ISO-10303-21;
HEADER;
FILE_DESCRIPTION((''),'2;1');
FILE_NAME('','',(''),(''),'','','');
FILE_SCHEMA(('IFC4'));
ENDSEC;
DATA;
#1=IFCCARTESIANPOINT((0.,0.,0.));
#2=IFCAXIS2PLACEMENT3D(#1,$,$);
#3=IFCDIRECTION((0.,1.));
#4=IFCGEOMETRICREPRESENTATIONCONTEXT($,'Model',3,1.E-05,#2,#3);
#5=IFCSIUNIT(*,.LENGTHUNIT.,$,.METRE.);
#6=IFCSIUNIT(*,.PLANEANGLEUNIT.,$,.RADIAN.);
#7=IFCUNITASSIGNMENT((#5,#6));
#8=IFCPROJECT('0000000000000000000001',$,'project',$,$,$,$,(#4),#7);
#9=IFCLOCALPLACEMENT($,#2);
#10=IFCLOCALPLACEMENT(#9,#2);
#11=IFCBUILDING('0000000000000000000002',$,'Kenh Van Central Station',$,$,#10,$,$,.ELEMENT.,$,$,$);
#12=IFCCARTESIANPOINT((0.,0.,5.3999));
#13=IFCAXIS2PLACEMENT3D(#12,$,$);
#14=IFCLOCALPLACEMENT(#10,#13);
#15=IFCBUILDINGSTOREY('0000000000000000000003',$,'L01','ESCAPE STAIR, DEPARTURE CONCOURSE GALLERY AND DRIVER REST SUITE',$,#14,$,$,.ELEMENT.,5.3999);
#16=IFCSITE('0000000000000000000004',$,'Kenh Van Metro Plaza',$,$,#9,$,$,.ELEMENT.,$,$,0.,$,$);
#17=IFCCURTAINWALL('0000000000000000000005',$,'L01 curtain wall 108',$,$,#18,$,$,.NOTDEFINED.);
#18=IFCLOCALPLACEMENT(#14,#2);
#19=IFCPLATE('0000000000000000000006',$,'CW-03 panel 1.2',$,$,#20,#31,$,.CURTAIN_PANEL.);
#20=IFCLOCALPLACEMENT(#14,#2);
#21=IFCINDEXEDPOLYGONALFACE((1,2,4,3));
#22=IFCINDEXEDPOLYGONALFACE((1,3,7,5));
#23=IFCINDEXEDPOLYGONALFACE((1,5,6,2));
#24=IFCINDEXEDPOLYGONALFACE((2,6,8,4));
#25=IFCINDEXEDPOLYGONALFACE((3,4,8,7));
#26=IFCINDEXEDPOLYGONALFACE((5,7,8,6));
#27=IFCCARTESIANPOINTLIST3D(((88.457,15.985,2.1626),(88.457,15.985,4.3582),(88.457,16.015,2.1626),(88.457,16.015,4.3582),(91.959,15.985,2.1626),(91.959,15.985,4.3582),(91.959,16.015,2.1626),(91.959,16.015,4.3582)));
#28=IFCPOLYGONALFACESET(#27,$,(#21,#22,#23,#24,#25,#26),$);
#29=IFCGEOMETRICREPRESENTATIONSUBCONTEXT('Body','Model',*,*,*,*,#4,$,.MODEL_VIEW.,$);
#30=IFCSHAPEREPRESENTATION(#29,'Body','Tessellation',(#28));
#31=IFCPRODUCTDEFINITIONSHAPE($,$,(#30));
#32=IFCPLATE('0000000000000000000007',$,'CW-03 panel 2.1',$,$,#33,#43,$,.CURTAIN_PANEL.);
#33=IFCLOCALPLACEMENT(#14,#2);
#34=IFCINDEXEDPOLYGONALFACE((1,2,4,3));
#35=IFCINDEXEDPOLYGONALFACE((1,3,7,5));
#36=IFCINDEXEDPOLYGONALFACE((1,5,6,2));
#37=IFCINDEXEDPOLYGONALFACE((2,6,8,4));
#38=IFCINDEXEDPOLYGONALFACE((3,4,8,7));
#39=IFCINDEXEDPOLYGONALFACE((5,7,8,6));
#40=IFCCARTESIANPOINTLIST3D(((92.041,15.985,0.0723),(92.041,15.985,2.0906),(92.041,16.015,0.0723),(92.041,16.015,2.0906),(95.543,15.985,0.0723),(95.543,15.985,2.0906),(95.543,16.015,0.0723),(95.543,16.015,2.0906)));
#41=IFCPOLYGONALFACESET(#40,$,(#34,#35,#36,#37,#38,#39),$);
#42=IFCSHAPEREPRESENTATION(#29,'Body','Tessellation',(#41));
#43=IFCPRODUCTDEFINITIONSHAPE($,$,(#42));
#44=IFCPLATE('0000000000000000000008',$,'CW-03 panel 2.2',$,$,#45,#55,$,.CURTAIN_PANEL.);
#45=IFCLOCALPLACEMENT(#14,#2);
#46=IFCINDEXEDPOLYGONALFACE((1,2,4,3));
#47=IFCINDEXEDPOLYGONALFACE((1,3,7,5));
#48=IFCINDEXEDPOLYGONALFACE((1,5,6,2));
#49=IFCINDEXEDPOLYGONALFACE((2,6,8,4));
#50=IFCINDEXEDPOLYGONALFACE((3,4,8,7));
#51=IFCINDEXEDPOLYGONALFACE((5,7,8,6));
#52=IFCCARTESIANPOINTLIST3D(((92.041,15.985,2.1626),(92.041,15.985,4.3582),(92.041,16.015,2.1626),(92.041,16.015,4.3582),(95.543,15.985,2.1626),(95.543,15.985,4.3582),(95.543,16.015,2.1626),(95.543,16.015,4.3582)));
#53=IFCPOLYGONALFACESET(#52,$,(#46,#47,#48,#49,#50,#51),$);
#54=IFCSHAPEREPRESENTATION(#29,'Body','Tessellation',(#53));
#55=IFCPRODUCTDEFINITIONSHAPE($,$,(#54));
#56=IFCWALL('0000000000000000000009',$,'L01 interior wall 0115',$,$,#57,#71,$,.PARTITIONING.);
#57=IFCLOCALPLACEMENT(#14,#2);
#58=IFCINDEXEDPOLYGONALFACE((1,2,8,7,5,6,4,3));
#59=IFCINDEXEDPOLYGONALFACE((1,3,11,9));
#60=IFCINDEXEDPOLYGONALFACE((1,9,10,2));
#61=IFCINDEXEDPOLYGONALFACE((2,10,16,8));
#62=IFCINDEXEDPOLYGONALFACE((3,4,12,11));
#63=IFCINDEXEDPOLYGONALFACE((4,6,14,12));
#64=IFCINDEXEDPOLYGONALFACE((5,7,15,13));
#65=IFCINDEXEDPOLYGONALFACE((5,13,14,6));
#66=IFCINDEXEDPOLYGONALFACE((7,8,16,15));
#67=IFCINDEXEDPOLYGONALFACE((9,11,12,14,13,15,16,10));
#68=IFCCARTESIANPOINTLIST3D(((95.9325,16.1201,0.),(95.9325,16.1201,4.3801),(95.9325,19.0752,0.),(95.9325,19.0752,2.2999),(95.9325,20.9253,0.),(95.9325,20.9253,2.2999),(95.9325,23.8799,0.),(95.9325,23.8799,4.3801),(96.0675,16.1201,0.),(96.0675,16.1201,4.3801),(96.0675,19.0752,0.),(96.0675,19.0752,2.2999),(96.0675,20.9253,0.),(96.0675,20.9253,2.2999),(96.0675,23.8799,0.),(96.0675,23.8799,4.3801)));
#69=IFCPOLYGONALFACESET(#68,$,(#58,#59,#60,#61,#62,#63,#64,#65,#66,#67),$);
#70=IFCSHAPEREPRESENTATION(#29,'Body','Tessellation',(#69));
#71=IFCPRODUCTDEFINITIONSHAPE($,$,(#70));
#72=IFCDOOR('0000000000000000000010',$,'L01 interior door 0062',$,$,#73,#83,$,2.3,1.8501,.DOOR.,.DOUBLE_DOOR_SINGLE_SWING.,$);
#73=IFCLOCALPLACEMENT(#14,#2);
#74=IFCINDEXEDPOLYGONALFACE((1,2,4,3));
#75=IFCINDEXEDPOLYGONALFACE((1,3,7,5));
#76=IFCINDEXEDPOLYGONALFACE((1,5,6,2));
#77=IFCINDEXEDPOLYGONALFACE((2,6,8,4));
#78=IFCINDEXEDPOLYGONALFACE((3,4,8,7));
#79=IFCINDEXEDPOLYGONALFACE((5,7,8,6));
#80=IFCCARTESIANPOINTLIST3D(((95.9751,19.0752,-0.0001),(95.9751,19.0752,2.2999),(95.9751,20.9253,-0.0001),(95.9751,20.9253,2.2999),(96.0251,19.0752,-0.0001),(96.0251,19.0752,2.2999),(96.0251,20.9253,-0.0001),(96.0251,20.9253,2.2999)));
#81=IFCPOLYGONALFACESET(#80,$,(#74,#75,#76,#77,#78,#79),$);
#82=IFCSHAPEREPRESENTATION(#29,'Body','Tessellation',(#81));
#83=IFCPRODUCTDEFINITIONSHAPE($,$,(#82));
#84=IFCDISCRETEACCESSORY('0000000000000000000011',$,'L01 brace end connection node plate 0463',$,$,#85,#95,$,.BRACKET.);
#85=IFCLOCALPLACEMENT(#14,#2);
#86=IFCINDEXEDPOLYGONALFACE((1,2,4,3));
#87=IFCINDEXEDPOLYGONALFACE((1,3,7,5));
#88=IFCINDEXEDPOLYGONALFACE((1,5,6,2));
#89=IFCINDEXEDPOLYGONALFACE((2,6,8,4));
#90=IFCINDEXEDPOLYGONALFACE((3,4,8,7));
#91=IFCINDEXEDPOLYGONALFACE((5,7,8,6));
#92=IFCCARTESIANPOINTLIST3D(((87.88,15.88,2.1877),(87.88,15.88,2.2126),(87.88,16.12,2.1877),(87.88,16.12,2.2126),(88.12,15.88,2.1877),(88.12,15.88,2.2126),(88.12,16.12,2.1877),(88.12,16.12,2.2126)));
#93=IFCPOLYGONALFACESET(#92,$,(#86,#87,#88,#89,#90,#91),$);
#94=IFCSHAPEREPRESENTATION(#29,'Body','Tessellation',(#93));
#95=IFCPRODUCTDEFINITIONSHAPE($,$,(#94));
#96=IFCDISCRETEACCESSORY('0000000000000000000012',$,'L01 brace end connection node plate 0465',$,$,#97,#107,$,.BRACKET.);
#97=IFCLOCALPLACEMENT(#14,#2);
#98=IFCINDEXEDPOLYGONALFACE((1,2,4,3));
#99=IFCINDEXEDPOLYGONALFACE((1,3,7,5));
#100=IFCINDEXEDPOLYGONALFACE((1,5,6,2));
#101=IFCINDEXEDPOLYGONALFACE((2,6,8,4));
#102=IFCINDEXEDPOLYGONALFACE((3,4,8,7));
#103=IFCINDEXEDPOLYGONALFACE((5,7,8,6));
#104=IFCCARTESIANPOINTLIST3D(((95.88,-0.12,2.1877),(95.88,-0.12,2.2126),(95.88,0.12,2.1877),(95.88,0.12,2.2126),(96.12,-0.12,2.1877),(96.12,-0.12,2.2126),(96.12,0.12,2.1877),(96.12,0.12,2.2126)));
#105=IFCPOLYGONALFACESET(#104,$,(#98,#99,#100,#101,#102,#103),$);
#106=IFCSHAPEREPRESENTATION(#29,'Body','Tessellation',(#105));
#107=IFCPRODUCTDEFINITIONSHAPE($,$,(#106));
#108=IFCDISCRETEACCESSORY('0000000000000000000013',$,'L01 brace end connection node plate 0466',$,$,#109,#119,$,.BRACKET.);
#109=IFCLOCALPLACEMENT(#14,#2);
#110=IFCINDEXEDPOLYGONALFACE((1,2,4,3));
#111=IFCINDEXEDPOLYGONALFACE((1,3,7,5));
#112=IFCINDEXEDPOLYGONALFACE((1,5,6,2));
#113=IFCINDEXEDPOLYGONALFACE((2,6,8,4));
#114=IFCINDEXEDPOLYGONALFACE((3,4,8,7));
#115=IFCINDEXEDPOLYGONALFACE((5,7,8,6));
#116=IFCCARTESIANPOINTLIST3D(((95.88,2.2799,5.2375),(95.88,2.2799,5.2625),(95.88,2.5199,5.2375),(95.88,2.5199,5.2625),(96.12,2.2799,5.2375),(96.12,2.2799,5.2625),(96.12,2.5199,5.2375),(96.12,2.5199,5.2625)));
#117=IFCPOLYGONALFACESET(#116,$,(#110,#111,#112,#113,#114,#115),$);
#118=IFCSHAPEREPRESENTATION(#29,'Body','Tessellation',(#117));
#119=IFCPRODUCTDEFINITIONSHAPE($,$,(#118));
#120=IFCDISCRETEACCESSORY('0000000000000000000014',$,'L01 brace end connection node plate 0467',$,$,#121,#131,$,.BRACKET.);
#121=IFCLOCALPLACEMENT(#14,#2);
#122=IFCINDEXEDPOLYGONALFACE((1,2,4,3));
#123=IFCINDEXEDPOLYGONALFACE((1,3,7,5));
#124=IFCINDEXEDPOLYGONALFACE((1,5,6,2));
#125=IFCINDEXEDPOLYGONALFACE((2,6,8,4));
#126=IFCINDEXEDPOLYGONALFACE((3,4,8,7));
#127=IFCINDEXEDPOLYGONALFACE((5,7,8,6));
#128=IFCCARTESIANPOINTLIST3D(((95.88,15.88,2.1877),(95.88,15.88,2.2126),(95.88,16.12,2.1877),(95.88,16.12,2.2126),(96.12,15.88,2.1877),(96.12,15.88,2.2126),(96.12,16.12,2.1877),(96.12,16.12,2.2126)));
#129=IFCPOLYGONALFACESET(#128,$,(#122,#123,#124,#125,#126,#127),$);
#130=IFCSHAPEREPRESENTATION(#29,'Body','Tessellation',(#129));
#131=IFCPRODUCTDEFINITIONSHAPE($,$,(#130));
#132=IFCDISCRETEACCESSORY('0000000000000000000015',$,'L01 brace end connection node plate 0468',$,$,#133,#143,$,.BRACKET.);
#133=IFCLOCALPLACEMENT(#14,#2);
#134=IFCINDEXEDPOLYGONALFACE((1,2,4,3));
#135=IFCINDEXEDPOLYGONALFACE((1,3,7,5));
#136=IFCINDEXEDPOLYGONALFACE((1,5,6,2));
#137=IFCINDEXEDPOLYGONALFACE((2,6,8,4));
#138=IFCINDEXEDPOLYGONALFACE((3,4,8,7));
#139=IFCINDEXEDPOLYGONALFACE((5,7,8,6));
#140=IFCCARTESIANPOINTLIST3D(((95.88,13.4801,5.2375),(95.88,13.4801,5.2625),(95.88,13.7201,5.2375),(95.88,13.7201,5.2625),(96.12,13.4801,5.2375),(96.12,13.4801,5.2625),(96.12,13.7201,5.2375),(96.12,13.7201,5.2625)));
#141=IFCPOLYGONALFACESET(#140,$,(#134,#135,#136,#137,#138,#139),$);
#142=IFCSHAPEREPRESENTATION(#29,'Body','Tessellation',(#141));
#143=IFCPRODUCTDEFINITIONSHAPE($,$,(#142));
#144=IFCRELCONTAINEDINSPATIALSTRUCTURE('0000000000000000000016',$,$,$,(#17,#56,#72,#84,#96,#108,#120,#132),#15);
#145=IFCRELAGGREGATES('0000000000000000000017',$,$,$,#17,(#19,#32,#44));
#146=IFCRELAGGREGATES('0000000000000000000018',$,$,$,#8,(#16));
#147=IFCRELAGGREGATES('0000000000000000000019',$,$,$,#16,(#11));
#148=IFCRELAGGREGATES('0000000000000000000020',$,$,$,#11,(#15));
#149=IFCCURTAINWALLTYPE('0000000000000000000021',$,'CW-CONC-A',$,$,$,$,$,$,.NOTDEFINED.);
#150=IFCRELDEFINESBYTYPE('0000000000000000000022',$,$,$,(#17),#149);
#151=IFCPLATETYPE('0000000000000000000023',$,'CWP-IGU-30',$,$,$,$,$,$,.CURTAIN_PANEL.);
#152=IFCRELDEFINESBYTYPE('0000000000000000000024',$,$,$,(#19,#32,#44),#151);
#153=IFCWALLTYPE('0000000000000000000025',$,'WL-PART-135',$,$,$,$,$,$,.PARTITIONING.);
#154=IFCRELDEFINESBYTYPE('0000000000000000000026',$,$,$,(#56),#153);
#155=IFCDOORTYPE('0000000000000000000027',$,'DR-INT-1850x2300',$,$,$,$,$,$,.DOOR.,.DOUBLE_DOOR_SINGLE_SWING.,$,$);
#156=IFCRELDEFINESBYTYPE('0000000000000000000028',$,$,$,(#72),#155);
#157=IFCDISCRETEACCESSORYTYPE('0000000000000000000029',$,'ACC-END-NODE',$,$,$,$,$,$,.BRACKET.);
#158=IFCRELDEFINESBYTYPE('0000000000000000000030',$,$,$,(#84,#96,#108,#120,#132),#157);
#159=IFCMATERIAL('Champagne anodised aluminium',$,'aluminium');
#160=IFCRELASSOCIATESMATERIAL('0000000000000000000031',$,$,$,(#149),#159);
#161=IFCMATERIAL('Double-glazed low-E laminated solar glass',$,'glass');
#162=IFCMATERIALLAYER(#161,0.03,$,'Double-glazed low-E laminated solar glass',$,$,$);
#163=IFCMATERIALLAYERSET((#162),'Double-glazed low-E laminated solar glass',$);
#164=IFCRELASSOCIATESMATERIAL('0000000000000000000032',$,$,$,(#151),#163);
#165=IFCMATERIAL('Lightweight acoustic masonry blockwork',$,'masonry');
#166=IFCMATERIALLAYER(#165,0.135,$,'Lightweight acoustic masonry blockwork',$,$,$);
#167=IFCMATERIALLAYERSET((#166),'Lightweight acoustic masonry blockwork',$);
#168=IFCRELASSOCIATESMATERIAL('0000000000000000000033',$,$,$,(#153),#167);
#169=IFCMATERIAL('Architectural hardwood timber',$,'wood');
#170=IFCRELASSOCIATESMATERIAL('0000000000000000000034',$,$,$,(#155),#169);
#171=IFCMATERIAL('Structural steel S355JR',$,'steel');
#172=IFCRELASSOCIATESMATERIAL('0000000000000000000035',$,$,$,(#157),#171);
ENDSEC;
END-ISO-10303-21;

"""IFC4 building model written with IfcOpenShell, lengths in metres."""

from ifc_helpers import new_model, si_unit, direction, frame, frame_2d, origin, origin_2d, place, context, subcontext, project, spatial, rectangle, extrude, material, layer, layer_set, type_object, element, fill, aggregate, save


model = new_model("IFC4")

# Units and contexts
model_context = context("Model", 3, precision=1e-05, world=origin(), true_north=direction((0.0, 1.0)))
body_context = subcontext(model_context, "Body", "Model", "MODEL_VIEW")
ifc_project = project(units=[si_unit("LENGTHUNIT", "METRE"), si_unit("PLANEANGLEUNIT", "RADIAN")], contexts=[model_context])

# Site, building, storey
site_placement = place(None, origin())
site = spatial("IfcSite", under=ifc_project, at=site_placement, Name="Kenh Van Metro Plaza", CompositionType="ELEMENT", RefElevation=0.0)
building_placement = place(site_placement, origin())
building = spatial("IfcBuilding", under=site, at=building_placement, Name="Kenh Van Central Station", CompositionType="ELEMENT")
storey_placement = place(building_placement, frame((0.0, 0.0, 5.3999)))
storey = spatial("IfcBuildingStorey", under=building, at=storey_placement, Name="L01", Description="ESCAPE STAIR, DEPARTURE CONCOURSE GALLERY AND DRIVER REST SUITE", CompositionType="ELEMENT", Elevation=5.3999)

# Curtain wall
ifc_material_1 = material(Name="Champagne anodised aluminium", Category="aluminium")
curtain_wall_type = type_object("IfcCurtainWallType", Name="CW-CONC-A", PredefinedType="NOTDEFINED", material=ifc_material_1)
curtain_wall_1_placement = place(storey_placement, origin())
curtain_wall_1 = element("IfcCurtainWall", 1, at=curtain_wall_1_placement, inside=storey, type_object=curtain_wall_type, Name="L01 curtain wall 108", PredefinedType="NOTDEFINED")

# Plates
ifc_material_2 = material(Name="Double-glazed low-E laminated solar glass", Category="glass")
ifc_layer_1 = layer(ifc_material_2, 0.03, Name="Double-glazed low-E laminated solar glass")
ifc_layer_set_1 = layer_set([ifc_layer_1], Name="Double-glazed low-E laminated solar glass")
plate_type = type_object("IfcPlateType", Name="CWP-IGU-30", PredefinedType="CURTAIN_PANEL", material=ifc_layer_set_1)
plate_1_placement = place(storey_placement, frame((90.208, 16.0, 2.1626), z_axis=(0.0, 0.0, 1.0), x_axis=(1.0, 0.0, 0.0)))
plate_1 = element("IfcPlate", 2, at=plate_1_placement, type_object=plate_type, Name="CW-03 panel 1.2", PredefinedType="CURTAIN_PANEL", context=body_context, shape_type="SweptSolid", body=[
    extrude(rectangle(XDim=3.502, YDim=0.03, at=origin_2d()), origin(), (0.0, 0.0, 1.0), 2.1956),
])
plate_2_placement = place(storey_placement, frame((93.792, 16.0, 0.0723), z_axis=(0.0, 0.0, 1.0), x_axis=(1.0, 0.0, 0.0)))
plate_2 = element("IfcPlate", 3, at=plate_2_placement, type_object=plate_type, Name="CW-03 panel 2.1", PredefinedType="CURTAIN_PANEL", context=body_context, shape_type="SweptSolid", body=[
    extrude(rectangle(XDim=3.502, YDim=0.03, at=origin_2d()), origin(), (0.0, 0.0, 1.0), 2.0183),
])
plate_3_placement = place(storey_placement, frame((93.792, 16.0, 2.1626), z_axis=(0.0, 0.0, 1.0), x_axis=(1.0, 0.0, 0.0)))
plate_3 = element("IfcPlate", 4, at=plate_3_placement, type_object=plate_type, Name="CW-03 panel 2.2", PredefinedType="CURTAIN_PANEL", context=body_context, shape_type="SweptSolid", body=[
    extrude(rectangle(XDim=3.502, YDim=0.03, at=origin_2d()), origin(), (0.0, 0.0, 1.0), 2.1956),
])
aggregate(curtain_wall_1, [plate_1, plate_2, plate_3])

# Wall, opening, door
ifc_material_3 = material(Name="Lightweight acoustic masonry blockwork", Category="masonry")
ifc_layer_2 = layer(ifc_material_3, 0.135, Name="Lightweight acoustic masonry blockwork")
ifc_layer_set_2 = layer_set([ifc_layer_2], Name="Lightweight acoustic masonry blockwork")
wall_type = type_object("IfcWallType", Name="WL-PART-135", PredefinedType="PARTITIONING", material=ifc_layer_set_2)
wall_placement = place(storey_placement, frame((96.0, 16.1201, 0.0), z_axis=(0.0, 0.0, 1.0), x_axis=(0.0, 1.0, 0.0)))
wall = element("IfcWall", 5, at=wall_placement, inside=storey, type_object=wall_type, Name="L01 interior wall 0115", PredefinedType="PARTITIONING", context=body_context, shape_type="SweptSolid", body=[
    extrude(rectangle(XDim=7.7598, YDim=0.135, at=frame_2d((3.8799, 0.0))), origin(), (0.0, 0.0, 1.0), 4.3801),
])
opening_placement = place(wall_placement, frame((2.9551, 0.0, 0.0)))
opening = element("IfcOpeningElement", 6, at=opening_placement, cuts=wall, PredefinedType="OPENING", context=body_context, shape_type="SweptSolid", body=[
    extrude(rectangle(XDim=1.8501, YDim=2.3, at=frame_2d((0.925, 1.1499))), frame((0.0, 0.0774, 0.0), z_axis=(0.0, -1.0, 0.0), x_axis=(1.0, 0.0, 0.0)), (0.0, 0.0, 1.0), 0.155),
])
ifc_material_4 = material(Name="Architectural hardwood timber", Category="wood")
door_type = type_object("IfcDoorType", Name="DR-INT-1850x2300", OperationType="DOUBLE_DOOR_SINGLE_SWING", PredefinedType="DOOR", material=ifc_material_4)
door_placement = place(opening_placement, origin())
door = element("IfcDoor", 7, at=door_placement, inside=storey, type_object=door_type, Name="L01 interior door 0062", OperationType="DOUBLE_DOOR_SINGLE_SWING", OverallHeight=2.3, OverallWidth=1.8501, PredefinedType="DOOR", context=body_context, shape_type="SweptSolid", body=[
    extrude(rectangle(XDim=1.8501, YDim=2.3, at=frame_2d((0.925, 1.1499))), frame((0.0, 0.0249, 0.0), z_axis=(0.0, -1.0, 0.0), x_axis=(1.0, 0.0, 0.0)), (0.0, 0.0, 1.0), 0.05),
])
fill(opening, door)

# Discrete accessories
ifc_material_5 = material(Name="Structural steel S355JR", Category="steel")
discrete_accessory_type = type_object("IfcDiscreteAccessoryType", Name="ACC-END-NODE", PredefinedType="BRACKET", material=ifc_material_5)
for number, where, z_axis, x_axis, name in (
    (8, (88.0, 16.0, 2.1877), (0.0, 0.0, 1.0), (1.0, 0.0, 0.0), "L01 brace end connection node plate 0463"),
    (9, (96.0, 0.0, 2.1877), (0.0, 0.0, 1.0), (1.0, 0.0, 0.0), "L01 brace end connection node plate 0465"),
    (10, (96.0, 2.3999, 5.2375), (0.0, 0.0, 1.0), (1.0, 0.0, 0.0), "L01 brace end connection node plate 0466"),
    (11, (96.0, 16.0, 2.1877), (0.0, 0.0, 1.0), (1.0, 0.0, 0.0), "L01 brace end connection node plate 0467"),
    (12, (96.0, 13.6001, 5.2375), (0.0, 0.0, 1.0), (1.0, 0.0, 0.0), "L01 brace end connection node plate 0468"),
):
    element("IfcDiscreteAccessory", number, at=place(storey_placement, frame(where, z_axis=z_axis, x_axis=x_axis)), inside=storey, type_object=discrete_accessory_type, Name=name, PredefinedType="BRACKET", context=body_context, shape_type="SweptSolid", body=[
        extrude(rectangle(XDim=0.24, YDim=0.24, at=origin_2d()), origin(), (0.0, 0.0, 1.0), 0.0249),
    ])

save(model, "model.ifc")
